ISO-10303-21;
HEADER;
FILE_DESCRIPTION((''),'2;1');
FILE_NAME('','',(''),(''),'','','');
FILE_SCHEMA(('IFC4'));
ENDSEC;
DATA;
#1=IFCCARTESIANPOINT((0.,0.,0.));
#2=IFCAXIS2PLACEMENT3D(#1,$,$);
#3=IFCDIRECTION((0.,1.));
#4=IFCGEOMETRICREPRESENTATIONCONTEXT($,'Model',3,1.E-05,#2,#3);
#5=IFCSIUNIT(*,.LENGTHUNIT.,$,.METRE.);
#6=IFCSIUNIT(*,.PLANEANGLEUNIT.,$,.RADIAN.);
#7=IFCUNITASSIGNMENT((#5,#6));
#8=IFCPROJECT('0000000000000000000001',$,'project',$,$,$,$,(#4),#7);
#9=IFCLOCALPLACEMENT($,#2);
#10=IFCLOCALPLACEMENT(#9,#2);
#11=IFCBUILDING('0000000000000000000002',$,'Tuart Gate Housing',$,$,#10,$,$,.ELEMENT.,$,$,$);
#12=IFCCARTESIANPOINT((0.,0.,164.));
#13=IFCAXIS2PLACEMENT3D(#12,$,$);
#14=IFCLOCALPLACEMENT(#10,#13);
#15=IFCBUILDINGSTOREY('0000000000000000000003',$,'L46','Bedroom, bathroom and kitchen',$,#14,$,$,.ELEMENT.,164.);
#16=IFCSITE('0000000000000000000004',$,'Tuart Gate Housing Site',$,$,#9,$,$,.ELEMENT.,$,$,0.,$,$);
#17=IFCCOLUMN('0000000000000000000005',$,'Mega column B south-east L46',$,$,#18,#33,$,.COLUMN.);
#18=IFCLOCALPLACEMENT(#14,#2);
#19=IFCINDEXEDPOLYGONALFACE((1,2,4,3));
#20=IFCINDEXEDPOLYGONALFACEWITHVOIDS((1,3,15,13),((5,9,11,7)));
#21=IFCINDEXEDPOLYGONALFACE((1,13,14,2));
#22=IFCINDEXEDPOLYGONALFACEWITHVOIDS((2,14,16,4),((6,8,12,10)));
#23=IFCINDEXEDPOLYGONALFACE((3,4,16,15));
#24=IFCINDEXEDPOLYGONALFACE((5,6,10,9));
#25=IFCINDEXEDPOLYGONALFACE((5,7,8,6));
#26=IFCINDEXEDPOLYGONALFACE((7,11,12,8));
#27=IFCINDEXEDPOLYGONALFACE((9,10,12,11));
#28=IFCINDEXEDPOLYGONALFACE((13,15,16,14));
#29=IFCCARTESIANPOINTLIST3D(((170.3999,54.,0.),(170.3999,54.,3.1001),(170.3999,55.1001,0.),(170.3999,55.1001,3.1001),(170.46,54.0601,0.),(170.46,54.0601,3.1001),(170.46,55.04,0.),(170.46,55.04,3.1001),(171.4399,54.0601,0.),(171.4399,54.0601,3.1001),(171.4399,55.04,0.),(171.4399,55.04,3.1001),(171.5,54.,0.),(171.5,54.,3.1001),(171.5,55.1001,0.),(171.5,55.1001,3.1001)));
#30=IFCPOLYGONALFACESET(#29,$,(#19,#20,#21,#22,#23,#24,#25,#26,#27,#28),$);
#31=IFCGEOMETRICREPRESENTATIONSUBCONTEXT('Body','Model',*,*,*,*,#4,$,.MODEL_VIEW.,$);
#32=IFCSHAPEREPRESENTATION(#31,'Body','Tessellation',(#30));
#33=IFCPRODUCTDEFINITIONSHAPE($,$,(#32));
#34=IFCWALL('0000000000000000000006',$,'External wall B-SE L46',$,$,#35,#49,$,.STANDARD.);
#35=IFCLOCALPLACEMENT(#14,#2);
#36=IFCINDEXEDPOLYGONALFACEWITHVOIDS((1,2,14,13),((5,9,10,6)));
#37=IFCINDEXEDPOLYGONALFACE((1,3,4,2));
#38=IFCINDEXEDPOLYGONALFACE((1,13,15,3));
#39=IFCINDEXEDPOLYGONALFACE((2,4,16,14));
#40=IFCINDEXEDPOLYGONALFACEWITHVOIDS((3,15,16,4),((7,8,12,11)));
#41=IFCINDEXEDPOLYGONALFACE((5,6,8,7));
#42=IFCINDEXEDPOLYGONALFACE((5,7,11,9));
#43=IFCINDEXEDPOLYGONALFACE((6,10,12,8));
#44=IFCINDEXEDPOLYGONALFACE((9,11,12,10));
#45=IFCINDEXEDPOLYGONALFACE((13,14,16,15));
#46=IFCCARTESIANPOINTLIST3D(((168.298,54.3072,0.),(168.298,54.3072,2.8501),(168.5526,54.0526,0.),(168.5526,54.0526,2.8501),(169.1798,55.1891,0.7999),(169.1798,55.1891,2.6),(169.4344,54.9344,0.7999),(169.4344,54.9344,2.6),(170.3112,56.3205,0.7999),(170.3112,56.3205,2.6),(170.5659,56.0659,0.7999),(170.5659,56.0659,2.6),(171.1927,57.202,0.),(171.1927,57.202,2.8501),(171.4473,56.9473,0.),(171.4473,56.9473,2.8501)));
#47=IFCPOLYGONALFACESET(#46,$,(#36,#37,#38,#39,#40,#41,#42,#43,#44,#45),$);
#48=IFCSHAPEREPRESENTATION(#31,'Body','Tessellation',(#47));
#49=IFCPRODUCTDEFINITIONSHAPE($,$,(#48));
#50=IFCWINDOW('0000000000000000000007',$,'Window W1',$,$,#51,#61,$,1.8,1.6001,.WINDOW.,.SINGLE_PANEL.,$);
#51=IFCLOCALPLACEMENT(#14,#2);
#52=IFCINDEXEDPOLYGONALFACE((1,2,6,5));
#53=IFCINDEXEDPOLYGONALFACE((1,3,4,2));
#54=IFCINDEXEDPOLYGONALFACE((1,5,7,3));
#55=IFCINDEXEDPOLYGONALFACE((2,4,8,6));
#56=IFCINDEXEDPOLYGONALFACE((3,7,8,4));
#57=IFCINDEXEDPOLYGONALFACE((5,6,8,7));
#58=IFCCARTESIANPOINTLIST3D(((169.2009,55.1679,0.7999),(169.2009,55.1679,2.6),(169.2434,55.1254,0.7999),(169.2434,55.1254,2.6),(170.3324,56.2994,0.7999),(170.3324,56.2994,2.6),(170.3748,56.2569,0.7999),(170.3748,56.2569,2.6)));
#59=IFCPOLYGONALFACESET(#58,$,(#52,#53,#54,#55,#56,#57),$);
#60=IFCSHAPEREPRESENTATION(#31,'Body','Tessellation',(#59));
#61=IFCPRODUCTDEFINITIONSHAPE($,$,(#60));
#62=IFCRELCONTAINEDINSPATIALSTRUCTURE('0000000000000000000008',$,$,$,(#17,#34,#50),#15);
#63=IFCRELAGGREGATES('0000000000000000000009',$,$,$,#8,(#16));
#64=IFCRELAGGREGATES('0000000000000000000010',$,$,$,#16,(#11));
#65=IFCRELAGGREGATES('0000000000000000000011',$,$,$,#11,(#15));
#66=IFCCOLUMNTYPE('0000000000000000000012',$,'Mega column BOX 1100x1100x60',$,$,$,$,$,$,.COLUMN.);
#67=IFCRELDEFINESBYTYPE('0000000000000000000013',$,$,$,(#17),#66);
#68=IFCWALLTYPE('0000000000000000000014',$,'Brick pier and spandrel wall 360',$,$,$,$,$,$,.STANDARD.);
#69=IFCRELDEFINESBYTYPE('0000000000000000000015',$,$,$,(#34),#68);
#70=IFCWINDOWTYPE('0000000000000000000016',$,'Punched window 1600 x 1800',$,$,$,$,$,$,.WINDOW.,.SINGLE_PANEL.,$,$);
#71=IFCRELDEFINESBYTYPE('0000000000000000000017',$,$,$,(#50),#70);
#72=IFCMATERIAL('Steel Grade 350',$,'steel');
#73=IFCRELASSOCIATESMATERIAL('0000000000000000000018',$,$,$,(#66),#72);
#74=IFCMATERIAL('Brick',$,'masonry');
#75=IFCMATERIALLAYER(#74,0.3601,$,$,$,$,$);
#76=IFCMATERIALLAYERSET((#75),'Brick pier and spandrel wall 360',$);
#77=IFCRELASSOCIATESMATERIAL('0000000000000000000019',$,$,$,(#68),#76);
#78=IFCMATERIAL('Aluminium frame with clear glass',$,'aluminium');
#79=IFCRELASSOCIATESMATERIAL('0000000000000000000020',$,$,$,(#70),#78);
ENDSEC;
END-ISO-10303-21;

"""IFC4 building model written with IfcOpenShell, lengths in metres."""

from ifc_helpers import new_model, si_unit, direction, frame, frame_2d, origin, origin_2d, place, context, subcontext, project, spatial, rectangle, hollow_rectangle, extrude, material, layer, layer_set, material_profile, profile_set, type_object, element, fill, save


model = new_model("IFC4")

# Units and contexts
model_context = context("Model", 3, precision=1e-05, world=origin(), true_north=direction((0.0, 1.0)))
body_context = subcontext(model_context, "Body", "Model", "MODEL_VIEW")
ifc_project = project(units=[si_unit("LENGTHUNIT", "METRE"), si_unit("PLANEANGLEUNIT", "RADIAN")], contexts=[model_context])

# Site, building, storey
site_placement = place(None, origin())
site = spatial("IfcSite", under=ifc_project, at=site_placement, Name="Tuart Gate Housing Site", CompositionType="ELEMENT", RefElevation=0.0)
building_placement = place(site_placement, origin())
building = spatial("IfcBuilding", under=site, at=building_placement, Name="Tuart Gate Housing", CompositionType="ELEMENT")
storey_placement = place(building_placement, frame((0.0, 0.0, 164.0)))
storey = spatial("IfcBuildingStorey", under=building, at=storey_placement, Name="L46", Description="Bedroom, bathroom and kitchen", CompositionType="ELEMENT", Elevation=164.0)

# Column
ifc_material_1 = material(Name="Steel Grade 350", Category="steel")
ifc_material_profile = material_profile(ifc_material_1, hollow_rectangle(XDim=1.1001, YDim=1.1001, WallThickness=0.0601, at=origin_2d()), Name="BOX 1100x1100x60")
ifc_profile_set = profile_set([ifc_material_profile], Name="Steel Grade 350")
column_type = type_object("IfcColumnType", Name="Mega column BOX 1100x1100x60", PredefinedType="COLUMN", material=ifc_profile_set)
column_placement = place(storey_placement, frame((170.95, 54.55, 0.0), z_axis=(0.0, 0.0, 1.0), x_axis=(1.0, 0.0, 0.0)))
element("IfcColumn", 1, at=column_placement, inside=storey, type_object=column_type, Name="Mega column B south-east L46", PredefinedType="COLUMN", context=body_context, shape_type="SweptSolid", body=[
    extrude(hollow_rectangle(XDim=1.1001, YDim=1.1001, WallThickness=0.0601, at=origin_2d()), origin(), (0.0, 0.0, 1.0), 3.1001),
])

# Wall, opening, window
ifc_material_2 = material(Name="Brick", Category="masonry")
ifc_layer_1 = layer(ifc_material_2, 0.3601)
ifc_layer_set_1 = layer_set([ifc_layer_1], Name="Brick pier and spandrel wall 360")
wall_type_1 = type_object("IfcWallType", Name="Brick pier and spandrel wall 360", PredefinedType="STANDARD", material=ifc_layer_set_1)
wall_1_placement = place(storey_placement, frame((168.4253, 54.1799, 0.0), z_axis=(0.0, 0.0, 1.0), x_axis=(0.707107, 0.707107, 0.0)))
wall_1 = element("IfcWall", 2, at=wall_1_placement, inside=storey, type_object=wall_type_1, Name="External wall B-SE L46", PredefinedType="STANDARD", context=body_context, shape_type="SweptSolid", body=[
    extrude(rectangle(XDim=4.0938, YDim=0.3601, at=frame_2d((2.0469, 0.0))), origin(), (0.0, 0.0, 1.0), 2.8501),
])
opening_1_placement = place(wall_1_placement, frame((1.2471, 0.0, 0.8)))
opening_1 = element("IfcOpeningElement", 3, at=opening_1_placement, cuts=wall_1, PredefinedType="OPENING", context=body_context, shape_type="SweptSolid", body=[
    extrude(rectangle(XDim=1.6001, YDim=1.8, at=frame_2d((0.8, 0.8999))), frame((0.0, 0.1899, 0.0), z_axis=(0.0, -1.0, 0.0), x_axis=(1.0, 0.0, 0.0)), (0.0, 0.0, 1.0), 0.3801),
])
ifc_material_3 = material(Name="Aluminium frame with clear glass", Category="aluminium")
window_type = type_object("IfcWindowType", Name="Punched window 1600 x 1800", PartitioningType="SINGLE_PANEL", PredefinedType="WINDOW", material=ifc_material_3)
window_1_placement = place(opening_1_placement, origin())
window_1 = element("IfcWindow", 4, at=window_1_placement, inside=storey, type_object=window_type, Name="Window W1", OverallHeight=1.8, OverallWidth=1.6001, PartitioningType="SINGLE_PANEL", PredefinedType="WINDOW", context=body_context, shape_type="SweptSolid", body=[
    extrude(rectangle(XDim=1.6001, YDim=1.8, at=frame_2d((0.8, 0.8999))), frame((0.0, 0.1501, 0.0), z_axis=(0.0, -1.0, 0.0), x_axis=(1.0, 0.0, 0.0)), (0.0, 0.0, 1.0), 0.0601),
])
fill(opening_1, window_1)

save(model, "model.ifc")
